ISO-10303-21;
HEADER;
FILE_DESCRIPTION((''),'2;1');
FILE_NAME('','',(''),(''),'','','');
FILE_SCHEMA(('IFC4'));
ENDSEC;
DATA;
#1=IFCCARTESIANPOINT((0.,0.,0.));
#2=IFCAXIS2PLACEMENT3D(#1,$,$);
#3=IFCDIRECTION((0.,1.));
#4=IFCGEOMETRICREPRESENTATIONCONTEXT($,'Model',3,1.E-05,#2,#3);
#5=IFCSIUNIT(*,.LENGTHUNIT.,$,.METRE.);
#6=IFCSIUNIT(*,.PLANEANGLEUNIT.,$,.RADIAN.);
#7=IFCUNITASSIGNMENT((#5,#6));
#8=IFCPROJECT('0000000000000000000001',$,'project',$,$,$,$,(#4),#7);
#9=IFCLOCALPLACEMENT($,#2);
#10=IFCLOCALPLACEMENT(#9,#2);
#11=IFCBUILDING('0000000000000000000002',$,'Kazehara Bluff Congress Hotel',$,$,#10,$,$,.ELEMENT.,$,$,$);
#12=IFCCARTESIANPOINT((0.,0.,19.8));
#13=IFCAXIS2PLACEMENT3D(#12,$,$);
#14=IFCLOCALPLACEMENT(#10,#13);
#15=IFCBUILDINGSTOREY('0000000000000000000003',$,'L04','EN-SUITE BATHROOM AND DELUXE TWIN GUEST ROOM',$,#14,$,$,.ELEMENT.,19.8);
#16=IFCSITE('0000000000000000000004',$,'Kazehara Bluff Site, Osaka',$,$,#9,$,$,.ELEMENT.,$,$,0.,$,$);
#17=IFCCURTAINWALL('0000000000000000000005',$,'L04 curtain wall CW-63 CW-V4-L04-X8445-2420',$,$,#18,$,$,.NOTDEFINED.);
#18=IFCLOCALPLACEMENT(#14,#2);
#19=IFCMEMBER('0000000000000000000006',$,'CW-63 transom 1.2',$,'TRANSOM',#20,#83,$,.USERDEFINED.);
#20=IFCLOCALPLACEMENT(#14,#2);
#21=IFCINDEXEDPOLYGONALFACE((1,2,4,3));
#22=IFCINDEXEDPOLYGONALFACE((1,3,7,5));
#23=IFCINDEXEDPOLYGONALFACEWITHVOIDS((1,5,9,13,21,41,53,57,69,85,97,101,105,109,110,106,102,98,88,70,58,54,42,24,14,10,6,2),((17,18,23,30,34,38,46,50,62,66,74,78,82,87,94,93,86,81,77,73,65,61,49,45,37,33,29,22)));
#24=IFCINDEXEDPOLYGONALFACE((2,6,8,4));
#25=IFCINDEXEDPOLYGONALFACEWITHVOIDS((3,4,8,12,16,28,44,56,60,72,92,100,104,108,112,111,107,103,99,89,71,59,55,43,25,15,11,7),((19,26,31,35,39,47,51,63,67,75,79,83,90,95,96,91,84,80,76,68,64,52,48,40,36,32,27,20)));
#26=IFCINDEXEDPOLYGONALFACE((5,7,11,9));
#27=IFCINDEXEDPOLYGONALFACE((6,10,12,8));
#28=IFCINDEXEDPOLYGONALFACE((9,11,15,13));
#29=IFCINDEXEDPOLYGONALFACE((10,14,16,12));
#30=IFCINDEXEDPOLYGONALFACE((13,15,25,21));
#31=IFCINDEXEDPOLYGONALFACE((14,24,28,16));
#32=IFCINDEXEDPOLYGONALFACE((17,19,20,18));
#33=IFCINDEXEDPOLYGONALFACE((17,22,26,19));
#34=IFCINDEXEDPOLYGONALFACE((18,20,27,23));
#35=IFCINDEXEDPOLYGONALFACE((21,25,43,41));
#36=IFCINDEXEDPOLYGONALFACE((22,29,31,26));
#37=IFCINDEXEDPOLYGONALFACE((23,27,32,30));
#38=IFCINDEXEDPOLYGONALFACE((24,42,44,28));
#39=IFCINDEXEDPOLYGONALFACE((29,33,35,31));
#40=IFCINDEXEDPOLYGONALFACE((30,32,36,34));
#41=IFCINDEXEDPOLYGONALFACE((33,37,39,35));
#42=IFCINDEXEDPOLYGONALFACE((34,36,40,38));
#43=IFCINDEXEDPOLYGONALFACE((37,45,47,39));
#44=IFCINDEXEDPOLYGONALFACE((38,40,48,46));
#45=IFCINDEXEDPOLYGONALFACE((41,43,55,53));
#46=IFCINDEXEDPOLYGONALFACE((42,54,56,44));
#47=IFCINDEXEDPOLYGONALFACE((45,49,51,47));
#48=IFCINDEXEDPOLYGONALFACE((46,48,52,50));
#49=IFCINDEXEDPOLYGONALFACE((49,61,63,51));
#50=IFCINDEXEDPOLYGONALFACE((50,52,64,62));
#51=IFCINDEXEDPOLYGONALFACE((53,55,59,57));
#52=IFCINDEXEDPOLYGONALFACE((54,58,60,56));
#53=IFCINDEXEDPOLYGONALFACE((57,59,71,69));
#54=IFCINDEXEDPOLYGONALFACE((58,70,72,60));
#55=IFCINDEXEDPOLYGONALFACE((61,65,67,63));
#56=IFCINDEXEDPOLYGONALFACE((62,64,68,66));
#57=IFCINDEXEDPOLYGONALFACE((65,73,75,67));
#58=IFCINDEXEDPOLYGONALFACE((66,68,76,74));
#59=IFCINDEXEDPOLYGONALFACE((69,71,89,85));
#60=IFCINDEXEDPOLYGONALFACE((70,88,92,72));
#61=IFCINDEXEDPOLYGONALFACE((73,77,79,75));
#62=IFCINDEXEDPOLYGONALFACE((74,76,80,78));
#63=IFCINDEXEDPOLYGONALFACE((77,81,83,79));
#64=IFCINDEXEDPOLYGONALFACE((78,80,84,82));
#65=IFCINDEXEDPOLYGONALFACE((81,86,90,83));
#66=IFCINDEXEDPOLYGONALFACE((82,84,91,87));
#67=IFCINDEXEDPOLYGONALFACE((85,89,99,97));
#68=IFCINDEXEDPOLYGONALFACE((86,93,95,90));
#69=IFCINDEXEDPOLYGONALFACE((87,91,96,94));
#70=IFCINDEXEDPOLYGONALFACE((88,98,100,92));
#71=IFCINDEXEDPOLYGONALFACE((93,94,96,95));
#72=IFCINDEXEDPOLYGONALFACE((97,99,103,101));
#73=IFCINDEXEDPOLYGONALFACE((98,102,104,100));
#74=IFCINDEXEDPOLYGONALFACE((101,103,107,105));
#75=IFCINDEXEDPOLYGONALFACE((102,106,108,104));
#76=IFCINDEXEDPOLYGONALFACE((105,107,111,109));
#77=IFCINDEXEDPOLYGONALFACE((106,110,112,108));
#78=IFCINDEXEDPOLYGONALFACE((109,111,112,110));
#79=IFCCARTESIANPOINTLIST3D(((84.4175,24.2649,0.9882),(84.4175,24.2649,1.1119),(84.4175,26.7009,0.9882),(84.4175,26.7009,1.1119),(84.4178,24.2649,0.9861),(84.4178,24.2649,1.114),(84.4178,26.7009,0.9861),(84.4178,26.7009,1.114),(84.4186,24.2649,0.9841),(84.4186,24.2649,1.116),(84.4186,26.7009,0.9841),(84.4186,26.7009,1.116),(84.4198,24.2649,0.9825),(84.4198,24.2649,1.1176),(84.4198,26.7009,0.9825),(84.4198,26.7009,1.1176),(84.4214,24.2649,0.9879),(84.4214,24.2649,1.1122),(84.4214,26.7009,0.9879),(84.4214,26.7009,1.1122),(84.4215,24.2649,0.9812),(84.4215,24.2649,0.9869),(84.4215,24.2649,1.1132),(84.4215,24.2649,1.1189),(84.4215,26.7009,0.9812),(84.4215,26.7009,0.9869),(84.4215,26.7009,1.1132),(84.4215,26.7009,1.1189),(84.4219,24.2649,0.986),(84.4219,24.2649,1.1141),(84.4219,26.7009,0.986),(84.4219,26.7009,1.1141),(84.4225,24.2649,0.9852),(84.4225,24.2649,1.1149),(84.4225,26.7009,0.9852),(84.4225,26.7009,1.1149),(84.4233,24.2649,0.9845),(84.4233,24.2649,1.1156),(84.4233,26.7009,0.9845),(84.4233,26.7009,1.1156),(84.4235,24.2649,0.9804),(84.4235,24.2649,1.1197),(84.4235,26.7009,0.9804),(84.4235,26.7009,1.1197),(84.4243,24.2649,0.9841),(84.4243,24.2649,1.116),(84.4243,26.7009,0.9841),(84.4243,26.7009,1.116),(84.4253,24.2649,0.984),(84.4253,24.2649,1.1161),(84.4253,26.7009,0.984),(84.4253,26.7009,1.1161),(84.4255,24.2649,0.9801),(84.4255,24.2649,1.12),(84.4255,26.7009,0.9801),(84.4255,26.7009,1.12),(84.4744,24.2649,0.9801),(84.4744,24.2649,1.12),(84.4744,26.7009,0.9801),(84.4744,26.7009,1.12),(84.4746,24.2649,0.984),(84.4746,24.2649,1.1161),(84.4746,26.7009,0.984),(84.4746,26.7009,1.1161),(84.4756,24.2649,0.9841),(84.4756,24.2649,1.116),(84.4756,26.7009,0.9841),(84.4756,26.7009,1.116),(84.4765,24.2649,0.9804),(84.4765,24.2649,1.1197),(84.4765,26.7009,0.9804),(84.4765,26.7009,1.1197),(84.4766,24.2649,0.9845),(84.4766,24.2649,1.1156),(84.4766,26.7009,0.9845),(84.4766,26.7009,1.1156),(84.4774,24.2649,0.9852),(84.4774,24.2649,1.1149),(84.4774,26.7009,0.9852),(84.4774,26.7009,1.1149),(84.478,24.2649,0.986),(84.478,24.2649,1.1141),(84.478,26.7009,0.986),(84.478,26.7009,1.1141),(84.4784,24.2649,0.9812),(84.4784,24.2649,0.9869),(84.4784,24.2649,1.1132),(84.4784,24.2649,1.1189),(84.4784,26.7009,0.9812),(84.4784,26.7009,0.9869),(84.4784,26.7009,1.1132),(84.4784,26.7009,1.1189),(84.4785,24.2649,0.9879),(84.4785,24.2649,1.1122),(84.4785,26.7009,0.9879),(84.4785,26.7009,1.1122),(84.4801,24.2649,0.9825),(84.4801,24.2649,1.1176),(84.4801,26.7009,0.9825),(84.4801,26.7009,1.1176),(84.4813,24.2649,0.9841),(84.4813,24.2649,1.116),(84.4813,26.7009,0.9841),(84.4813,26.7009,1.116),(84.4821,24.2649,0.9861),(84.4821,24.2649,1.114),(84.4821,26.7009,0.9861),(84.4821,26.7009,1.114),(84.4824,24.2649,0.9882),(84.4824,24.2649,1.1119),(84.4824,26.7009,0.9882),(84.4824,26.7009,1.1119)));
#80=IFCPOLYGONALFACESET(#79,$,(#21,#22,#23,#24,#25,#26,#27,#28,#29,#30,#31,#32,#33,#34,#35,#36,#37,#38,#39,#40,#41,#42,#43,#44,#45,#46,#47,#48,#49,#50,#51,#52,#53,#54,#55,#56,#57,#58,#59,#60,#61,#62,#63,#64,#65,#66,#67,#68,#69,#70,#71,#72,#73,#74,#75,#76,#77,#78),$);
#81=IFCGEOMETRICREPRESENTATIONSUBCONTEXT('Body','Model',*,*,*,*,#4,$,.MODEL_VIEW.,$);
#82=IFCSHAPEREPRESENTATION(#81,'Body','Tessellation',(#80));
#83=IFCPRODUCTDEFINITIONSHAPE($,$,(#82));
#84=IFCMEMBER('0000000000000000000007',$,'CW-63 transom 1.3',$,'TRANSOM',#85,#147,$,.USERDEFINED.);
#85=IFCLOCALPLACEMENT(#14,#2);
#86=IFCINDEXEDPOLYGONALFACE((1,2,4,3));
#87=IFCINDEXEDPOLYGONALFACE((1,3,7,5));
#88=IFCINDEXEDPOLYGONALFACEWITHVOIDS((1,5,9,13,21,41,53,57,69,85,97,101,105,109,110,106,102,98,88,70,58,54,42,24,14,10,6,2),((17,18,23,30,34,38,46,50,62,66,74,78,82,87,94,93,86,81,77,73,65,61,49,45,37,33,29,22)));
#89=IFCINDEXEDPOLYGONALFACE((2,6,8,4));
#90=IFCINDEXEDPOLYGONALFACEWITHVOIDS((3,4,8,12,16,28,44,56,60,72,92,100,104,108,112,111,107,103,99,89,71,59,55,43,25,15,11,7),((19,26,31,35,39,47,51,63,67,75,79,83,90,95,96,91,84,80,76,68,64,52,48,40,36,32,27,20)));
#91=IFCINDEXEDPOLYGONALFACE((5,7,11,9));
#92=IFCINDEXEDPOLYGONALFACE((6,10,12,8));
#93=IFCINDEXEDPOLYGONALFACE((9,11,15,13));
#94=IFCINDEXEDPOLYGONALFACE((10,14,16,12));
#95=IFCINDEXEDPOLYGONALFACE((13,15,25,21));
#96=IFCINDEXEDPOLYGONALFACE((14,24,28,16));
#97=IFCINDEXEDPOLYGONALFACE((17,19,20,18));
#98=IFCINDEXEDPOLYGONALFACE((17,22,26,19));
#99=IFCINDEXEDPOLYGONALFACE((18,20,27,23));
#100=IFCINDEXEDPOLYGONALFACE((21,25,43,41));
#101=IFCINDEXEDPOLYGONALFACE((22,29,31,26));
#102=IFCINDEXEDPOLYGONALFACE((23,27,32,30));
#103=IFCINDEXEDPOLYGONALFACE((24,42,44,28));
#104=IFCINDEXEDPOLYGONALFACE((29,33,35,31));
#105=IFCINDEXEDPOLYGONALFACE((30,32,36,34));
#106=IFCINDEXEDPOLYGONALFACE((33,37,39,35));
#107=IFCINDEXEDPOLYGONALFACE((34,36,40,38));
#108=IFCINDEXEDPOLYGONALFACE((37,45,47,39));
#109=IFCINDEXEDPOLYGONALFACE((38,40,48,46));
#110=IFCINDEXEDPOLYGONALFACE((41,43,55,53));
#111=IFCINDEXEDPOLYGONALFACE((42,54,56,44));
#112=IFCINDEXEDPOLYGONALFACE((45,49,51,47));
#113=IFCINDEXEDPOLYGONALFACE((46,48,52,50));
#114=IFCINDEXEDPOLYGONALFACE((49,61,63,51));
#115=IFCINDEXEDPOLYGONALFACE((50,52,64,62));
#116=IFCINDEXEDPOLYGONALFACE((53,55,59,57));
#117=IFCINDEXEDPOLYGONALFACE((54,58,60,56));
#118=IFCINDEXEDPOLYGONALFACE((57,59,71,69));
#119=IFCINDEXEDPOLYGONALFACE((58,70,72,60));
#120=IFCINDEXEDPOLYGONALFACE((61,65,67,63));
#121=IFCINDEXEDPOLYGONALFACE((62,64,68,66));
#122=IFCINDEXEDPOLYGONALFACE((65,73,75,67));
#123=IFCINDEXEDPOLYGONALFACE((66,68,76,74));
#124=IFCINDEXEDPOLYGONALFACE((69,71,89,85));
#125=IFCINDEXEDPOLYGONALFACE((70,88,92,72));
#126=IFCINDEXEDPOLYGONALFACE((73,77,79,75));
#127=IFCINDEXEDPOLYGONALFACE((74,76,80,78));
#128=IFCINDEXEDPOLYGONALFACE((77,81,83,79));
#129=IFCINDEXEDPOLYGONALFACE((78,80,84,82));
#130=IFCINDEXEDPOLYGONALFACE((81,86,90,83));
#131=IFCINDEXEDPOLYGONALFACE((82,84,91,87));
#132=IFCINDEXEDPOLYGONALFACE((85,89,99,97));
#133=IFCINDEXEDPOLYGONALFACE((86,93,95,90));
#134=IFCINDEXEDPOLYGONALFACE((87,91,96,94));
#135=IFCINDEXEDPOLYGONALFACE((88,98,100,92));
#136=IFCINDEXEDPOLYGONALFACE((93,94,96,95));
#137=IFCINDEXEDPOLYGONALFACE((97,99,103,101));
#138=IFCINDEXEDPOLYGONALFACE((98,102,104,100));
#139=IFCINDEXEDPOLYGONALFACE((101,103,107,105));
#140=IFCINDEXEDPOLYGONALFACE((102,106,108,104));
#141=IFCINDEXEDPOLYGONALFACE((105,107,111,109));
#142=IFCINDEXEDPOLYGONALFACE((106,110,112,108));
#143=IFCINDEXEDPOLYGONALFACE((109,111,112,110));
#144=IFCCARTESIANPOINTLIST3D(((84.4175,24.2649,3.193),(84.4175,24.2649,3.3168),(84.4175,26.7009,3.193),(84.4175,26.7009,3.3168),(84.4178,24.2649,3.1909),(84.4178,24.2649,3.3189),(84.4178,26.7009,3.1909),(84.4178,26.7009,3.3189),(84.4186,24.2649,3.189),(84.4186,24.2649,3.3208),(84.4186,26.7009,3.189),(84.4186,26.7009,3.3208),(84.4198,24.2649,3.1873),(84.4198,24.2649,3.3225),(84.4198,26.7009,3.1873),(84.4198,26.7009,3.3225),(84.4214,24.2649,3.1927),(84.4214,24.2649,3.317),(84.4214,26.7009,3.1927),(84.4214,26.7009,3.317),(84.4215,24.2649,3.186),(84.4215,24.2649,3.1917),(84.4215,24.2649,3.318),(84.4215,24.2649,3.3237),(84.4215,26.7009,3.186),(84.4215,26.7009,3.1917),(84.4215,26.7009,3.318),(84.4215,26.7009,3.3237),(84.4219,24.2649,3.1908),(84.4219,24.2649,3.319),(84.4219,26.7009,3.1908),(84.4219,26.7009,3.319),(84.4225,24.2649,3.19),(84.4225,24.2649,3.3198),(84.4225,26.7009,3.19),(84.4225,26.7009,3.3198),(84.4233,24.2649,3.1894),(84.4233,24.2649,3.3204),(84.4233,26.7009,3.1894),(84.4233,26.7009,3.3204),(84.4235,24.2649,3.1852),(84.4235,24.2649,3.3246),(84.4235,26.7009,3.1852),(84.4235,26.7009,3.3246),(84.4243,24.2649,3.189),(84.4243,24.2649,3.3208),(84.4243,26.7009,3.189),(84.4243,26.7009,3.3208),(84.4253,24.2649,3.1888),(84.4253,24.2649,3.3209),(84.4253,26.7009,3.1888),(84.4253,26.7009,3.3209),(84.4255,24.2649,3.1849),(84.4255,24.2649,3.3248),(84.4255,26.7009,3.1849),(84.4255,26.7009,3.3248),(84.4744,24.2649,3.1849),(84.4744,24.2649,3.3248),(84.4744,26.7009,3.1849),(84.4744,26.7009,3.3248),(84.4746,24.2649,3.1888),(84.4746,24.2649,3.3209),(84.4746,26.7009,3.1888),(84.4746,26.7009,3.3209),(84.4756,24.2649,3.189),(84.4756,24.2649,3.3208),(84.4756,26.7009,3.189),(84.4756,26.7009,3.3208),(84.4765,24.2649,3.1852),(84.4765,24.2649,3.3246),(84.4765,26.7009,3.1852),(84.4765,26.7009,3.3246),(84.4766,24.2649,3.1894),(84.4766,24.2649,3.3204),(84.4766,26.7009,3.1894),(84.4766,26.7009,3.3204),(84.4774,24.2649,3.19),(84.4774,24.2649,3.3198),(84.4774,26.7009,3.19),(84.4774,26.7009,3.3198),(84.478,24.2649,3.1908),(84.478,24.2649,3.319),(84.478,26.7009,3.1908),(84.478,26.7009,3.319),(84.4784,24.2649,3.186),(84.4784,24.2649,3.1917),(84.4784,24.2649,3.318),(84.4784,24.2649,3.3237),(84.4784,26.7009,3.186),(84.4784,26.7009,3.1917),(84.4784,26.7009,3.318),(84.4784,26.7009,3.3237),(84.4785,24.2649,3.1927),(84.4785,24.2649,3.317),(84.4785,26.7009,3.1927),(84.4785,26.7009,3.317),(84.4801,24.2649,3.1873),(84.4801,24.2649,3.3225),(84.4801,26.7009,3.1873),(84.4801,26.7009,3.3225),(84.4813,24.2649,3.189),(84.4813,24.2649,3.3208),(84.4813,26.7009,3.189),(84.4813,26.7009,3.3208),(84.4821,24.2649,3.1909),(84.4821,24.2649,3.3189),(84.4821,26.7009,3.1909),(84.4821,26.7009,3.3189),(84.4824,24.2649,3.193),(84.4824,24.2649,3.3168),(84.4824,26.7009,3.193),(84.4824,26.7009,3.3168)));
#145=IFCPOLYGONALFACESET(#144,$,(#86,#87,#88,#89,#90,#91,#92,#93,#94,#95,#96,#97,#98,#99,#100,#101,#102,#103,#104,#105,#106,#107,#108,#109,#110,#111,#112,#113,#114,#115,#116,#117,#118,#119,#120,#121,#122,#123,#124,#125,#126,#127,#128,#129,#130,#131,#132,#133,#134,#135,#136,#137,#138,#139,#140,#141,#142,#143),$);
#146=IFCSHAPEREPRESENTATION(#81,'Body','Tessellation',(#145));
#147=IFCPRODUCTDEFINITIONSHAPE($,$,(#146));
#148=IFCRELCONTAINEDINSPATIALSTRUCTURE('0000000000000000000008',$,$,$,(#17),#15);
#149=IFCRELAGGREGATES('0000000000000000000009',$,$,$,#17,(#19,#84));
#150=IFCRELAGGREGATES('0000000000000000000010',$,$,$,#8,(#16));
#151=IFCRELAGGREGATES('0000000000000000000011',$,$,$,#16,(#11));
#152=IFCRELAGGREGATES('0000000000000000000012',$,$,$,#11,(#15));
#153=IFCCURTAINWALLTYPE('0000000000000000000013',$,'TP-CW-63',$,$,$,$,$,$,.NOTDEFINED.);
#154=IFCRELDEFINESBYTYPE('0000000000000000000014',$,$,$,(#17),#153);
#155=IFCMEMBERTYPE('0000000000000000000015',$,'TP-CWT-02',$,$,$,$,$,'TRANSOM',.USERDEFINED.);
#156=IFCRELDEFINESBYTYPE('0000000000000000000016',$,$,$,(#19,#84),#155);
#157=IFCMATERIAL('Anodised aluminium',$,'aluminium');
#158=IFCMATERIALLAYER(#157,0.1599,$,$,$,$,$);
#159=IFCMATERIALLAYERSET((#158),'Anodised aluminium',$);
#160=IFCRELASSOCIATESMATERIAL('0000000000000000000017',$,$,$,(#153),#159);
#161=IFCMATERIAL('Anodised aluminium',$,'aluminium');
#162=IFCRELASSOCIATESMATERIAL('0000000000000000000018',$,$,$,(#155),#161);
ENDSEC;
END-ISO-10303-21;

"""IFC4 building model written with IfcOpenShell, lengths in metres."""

from ifc_helpers import new_model, si_unit, direction, frame, origin, origin_2d, place, context, subcontext, project, spatial, hollow_rectangle, extrude, material, layer, layer_set, material_profile, profile_set, type_object, element, aggregate, save


model = new_model("IFC4")

# Units and contexts
model_context = context("Model", 3, precision=1e-05, world=origin(), true_north=direction((0.0, 1.0)))
body_context = subcontext(model_context, "Body", "Model", "MODEL_VIEW")
ifc_project = project(units=[si_unit("LENGTHUNIT", "METRE"), si_unit("PLANEANGLEUNIT", "RADIAN")], contexts=[model_context])

# Site, building, storey
site_placement = place(None, origin())
site = spatial("IfcSite", under=ifc_project, at=site_placement, Name="Kazehara Bluff Site, Osaka", CompositionType="ELEMENT", RefElevation=0.0)
building_placement = place(site_placement, origin())
building = spatial("IfcBuilding", under=site, at=building_placement, Name="Kazehara Bluff Congress Hotel", CompositionType="ELEMENT")
storey_placement = place(building_placement, frame((0.0, 0.0, 19.8)))
storey = spatial("IfcBuildingStorey", under=building, at=storey_placement, Name="L04", Description="EN-SUITE BATHROOM AND DELUXE TWIN GUEST ROOM", CompositionType="ELEMENT", Elevation=19.8)

# Curtain wall, members
ifc_material_1 = material(Name="Anodised aluminium", Category="aluminium")
ifc_layer_1 = layer(ifc_material_1, 0.1599)
ifc_layer_set_1 = layer_set([ifc_layer_1], Name="Anodised aluminium")
curtain_wall_type = type_object("IfcCurtainWallType", Name="TP-CW-63", PredefinedType="NOTDEFINED", material=ifc_layer_set_1)
curtain_wall_placement = place(storey_placement, origin())
curtain_wall = element("IfcCurtainWall", 1, at=curtain_wall_placement, inside=storey, type_object=curtain_wall_type, Name="L04 curtain wall CW-63 CW-V4-L04-X8445-2420", PredefinedType="NOTDEFINED")
ifc_material_2 = material(Name="Anodised aluminium", Category="aluminium")
ifc_material_profile_1 = material_profile(ifc_material_2, hollow_rectangle(XDim=0.0649, YDim=0.1399, WallThickness=0.0039, InnerFilletRadius=0.0039, OuterFilletRadius=0.0081, at=origin_2d()))
ifc_profile_set_1 = profile_set([ifc_material_profile_1], Name="Anodised aluminium")
member_type_1 = type_object("IfcMemberType", Name="TP-CWT-02", ElementType="TRANSOM", PredefinedType="USERDEFINED", material=ifc_profile_set_1)
member_1_placement = place(storey_placement, frame((84.45, 24.2649, 1.05), z_axis=(0.0, 1.0, 0.0), x_axis=(-1.0, 0.0, 0.0)))
member_1 = element("IfcMember", 2, at=member_1_placement, type_object=member_type_1, Name="CW-63 transom 1.2", ObjectType="TRANSOM", PredefinedType="USERDEFINED", context=body_context, shape_type="SweptSolid", body=[
    extrude(hollow_rectangle(XDim=0.0649, YDim=0.1399, WallThickness=0.0039, InnerFilletRadius=0.0039, OuterFilletRadius=0.0081, at=origin_2d()), origin(), (0.0, 0.0, 1.0), 2.436),
])
member_2_placement = place(storey_placement, frame((84.45, 24.2649, 3.2549), z_axis=(0.0, 1.0, 0.0), x_axis=(-1.0, 0.0, 0.0)))
member_2 = element("IfcMember", 3, at=member_2_placement, type_object=member_type_1, Name="CW-63 transom 1.3", ObjectType="TRANSOM", PredefinedType="USERDEFINED", context=body_context, shape_type="SweptSolid", body=[
    extrude(hollow_rectangle(XDim=0.0649, YDim=0.1399, WallThickness=0.0039, InnerFilletRadius=0.0039, OuterFilletRadius=0.0081, at=origin_2d()), origin(), (0.0, 0.0, 1.0), 2.436),
])

aggregate(curtain_wall, [member_1, member_2])

save(model, "model.ifc")
